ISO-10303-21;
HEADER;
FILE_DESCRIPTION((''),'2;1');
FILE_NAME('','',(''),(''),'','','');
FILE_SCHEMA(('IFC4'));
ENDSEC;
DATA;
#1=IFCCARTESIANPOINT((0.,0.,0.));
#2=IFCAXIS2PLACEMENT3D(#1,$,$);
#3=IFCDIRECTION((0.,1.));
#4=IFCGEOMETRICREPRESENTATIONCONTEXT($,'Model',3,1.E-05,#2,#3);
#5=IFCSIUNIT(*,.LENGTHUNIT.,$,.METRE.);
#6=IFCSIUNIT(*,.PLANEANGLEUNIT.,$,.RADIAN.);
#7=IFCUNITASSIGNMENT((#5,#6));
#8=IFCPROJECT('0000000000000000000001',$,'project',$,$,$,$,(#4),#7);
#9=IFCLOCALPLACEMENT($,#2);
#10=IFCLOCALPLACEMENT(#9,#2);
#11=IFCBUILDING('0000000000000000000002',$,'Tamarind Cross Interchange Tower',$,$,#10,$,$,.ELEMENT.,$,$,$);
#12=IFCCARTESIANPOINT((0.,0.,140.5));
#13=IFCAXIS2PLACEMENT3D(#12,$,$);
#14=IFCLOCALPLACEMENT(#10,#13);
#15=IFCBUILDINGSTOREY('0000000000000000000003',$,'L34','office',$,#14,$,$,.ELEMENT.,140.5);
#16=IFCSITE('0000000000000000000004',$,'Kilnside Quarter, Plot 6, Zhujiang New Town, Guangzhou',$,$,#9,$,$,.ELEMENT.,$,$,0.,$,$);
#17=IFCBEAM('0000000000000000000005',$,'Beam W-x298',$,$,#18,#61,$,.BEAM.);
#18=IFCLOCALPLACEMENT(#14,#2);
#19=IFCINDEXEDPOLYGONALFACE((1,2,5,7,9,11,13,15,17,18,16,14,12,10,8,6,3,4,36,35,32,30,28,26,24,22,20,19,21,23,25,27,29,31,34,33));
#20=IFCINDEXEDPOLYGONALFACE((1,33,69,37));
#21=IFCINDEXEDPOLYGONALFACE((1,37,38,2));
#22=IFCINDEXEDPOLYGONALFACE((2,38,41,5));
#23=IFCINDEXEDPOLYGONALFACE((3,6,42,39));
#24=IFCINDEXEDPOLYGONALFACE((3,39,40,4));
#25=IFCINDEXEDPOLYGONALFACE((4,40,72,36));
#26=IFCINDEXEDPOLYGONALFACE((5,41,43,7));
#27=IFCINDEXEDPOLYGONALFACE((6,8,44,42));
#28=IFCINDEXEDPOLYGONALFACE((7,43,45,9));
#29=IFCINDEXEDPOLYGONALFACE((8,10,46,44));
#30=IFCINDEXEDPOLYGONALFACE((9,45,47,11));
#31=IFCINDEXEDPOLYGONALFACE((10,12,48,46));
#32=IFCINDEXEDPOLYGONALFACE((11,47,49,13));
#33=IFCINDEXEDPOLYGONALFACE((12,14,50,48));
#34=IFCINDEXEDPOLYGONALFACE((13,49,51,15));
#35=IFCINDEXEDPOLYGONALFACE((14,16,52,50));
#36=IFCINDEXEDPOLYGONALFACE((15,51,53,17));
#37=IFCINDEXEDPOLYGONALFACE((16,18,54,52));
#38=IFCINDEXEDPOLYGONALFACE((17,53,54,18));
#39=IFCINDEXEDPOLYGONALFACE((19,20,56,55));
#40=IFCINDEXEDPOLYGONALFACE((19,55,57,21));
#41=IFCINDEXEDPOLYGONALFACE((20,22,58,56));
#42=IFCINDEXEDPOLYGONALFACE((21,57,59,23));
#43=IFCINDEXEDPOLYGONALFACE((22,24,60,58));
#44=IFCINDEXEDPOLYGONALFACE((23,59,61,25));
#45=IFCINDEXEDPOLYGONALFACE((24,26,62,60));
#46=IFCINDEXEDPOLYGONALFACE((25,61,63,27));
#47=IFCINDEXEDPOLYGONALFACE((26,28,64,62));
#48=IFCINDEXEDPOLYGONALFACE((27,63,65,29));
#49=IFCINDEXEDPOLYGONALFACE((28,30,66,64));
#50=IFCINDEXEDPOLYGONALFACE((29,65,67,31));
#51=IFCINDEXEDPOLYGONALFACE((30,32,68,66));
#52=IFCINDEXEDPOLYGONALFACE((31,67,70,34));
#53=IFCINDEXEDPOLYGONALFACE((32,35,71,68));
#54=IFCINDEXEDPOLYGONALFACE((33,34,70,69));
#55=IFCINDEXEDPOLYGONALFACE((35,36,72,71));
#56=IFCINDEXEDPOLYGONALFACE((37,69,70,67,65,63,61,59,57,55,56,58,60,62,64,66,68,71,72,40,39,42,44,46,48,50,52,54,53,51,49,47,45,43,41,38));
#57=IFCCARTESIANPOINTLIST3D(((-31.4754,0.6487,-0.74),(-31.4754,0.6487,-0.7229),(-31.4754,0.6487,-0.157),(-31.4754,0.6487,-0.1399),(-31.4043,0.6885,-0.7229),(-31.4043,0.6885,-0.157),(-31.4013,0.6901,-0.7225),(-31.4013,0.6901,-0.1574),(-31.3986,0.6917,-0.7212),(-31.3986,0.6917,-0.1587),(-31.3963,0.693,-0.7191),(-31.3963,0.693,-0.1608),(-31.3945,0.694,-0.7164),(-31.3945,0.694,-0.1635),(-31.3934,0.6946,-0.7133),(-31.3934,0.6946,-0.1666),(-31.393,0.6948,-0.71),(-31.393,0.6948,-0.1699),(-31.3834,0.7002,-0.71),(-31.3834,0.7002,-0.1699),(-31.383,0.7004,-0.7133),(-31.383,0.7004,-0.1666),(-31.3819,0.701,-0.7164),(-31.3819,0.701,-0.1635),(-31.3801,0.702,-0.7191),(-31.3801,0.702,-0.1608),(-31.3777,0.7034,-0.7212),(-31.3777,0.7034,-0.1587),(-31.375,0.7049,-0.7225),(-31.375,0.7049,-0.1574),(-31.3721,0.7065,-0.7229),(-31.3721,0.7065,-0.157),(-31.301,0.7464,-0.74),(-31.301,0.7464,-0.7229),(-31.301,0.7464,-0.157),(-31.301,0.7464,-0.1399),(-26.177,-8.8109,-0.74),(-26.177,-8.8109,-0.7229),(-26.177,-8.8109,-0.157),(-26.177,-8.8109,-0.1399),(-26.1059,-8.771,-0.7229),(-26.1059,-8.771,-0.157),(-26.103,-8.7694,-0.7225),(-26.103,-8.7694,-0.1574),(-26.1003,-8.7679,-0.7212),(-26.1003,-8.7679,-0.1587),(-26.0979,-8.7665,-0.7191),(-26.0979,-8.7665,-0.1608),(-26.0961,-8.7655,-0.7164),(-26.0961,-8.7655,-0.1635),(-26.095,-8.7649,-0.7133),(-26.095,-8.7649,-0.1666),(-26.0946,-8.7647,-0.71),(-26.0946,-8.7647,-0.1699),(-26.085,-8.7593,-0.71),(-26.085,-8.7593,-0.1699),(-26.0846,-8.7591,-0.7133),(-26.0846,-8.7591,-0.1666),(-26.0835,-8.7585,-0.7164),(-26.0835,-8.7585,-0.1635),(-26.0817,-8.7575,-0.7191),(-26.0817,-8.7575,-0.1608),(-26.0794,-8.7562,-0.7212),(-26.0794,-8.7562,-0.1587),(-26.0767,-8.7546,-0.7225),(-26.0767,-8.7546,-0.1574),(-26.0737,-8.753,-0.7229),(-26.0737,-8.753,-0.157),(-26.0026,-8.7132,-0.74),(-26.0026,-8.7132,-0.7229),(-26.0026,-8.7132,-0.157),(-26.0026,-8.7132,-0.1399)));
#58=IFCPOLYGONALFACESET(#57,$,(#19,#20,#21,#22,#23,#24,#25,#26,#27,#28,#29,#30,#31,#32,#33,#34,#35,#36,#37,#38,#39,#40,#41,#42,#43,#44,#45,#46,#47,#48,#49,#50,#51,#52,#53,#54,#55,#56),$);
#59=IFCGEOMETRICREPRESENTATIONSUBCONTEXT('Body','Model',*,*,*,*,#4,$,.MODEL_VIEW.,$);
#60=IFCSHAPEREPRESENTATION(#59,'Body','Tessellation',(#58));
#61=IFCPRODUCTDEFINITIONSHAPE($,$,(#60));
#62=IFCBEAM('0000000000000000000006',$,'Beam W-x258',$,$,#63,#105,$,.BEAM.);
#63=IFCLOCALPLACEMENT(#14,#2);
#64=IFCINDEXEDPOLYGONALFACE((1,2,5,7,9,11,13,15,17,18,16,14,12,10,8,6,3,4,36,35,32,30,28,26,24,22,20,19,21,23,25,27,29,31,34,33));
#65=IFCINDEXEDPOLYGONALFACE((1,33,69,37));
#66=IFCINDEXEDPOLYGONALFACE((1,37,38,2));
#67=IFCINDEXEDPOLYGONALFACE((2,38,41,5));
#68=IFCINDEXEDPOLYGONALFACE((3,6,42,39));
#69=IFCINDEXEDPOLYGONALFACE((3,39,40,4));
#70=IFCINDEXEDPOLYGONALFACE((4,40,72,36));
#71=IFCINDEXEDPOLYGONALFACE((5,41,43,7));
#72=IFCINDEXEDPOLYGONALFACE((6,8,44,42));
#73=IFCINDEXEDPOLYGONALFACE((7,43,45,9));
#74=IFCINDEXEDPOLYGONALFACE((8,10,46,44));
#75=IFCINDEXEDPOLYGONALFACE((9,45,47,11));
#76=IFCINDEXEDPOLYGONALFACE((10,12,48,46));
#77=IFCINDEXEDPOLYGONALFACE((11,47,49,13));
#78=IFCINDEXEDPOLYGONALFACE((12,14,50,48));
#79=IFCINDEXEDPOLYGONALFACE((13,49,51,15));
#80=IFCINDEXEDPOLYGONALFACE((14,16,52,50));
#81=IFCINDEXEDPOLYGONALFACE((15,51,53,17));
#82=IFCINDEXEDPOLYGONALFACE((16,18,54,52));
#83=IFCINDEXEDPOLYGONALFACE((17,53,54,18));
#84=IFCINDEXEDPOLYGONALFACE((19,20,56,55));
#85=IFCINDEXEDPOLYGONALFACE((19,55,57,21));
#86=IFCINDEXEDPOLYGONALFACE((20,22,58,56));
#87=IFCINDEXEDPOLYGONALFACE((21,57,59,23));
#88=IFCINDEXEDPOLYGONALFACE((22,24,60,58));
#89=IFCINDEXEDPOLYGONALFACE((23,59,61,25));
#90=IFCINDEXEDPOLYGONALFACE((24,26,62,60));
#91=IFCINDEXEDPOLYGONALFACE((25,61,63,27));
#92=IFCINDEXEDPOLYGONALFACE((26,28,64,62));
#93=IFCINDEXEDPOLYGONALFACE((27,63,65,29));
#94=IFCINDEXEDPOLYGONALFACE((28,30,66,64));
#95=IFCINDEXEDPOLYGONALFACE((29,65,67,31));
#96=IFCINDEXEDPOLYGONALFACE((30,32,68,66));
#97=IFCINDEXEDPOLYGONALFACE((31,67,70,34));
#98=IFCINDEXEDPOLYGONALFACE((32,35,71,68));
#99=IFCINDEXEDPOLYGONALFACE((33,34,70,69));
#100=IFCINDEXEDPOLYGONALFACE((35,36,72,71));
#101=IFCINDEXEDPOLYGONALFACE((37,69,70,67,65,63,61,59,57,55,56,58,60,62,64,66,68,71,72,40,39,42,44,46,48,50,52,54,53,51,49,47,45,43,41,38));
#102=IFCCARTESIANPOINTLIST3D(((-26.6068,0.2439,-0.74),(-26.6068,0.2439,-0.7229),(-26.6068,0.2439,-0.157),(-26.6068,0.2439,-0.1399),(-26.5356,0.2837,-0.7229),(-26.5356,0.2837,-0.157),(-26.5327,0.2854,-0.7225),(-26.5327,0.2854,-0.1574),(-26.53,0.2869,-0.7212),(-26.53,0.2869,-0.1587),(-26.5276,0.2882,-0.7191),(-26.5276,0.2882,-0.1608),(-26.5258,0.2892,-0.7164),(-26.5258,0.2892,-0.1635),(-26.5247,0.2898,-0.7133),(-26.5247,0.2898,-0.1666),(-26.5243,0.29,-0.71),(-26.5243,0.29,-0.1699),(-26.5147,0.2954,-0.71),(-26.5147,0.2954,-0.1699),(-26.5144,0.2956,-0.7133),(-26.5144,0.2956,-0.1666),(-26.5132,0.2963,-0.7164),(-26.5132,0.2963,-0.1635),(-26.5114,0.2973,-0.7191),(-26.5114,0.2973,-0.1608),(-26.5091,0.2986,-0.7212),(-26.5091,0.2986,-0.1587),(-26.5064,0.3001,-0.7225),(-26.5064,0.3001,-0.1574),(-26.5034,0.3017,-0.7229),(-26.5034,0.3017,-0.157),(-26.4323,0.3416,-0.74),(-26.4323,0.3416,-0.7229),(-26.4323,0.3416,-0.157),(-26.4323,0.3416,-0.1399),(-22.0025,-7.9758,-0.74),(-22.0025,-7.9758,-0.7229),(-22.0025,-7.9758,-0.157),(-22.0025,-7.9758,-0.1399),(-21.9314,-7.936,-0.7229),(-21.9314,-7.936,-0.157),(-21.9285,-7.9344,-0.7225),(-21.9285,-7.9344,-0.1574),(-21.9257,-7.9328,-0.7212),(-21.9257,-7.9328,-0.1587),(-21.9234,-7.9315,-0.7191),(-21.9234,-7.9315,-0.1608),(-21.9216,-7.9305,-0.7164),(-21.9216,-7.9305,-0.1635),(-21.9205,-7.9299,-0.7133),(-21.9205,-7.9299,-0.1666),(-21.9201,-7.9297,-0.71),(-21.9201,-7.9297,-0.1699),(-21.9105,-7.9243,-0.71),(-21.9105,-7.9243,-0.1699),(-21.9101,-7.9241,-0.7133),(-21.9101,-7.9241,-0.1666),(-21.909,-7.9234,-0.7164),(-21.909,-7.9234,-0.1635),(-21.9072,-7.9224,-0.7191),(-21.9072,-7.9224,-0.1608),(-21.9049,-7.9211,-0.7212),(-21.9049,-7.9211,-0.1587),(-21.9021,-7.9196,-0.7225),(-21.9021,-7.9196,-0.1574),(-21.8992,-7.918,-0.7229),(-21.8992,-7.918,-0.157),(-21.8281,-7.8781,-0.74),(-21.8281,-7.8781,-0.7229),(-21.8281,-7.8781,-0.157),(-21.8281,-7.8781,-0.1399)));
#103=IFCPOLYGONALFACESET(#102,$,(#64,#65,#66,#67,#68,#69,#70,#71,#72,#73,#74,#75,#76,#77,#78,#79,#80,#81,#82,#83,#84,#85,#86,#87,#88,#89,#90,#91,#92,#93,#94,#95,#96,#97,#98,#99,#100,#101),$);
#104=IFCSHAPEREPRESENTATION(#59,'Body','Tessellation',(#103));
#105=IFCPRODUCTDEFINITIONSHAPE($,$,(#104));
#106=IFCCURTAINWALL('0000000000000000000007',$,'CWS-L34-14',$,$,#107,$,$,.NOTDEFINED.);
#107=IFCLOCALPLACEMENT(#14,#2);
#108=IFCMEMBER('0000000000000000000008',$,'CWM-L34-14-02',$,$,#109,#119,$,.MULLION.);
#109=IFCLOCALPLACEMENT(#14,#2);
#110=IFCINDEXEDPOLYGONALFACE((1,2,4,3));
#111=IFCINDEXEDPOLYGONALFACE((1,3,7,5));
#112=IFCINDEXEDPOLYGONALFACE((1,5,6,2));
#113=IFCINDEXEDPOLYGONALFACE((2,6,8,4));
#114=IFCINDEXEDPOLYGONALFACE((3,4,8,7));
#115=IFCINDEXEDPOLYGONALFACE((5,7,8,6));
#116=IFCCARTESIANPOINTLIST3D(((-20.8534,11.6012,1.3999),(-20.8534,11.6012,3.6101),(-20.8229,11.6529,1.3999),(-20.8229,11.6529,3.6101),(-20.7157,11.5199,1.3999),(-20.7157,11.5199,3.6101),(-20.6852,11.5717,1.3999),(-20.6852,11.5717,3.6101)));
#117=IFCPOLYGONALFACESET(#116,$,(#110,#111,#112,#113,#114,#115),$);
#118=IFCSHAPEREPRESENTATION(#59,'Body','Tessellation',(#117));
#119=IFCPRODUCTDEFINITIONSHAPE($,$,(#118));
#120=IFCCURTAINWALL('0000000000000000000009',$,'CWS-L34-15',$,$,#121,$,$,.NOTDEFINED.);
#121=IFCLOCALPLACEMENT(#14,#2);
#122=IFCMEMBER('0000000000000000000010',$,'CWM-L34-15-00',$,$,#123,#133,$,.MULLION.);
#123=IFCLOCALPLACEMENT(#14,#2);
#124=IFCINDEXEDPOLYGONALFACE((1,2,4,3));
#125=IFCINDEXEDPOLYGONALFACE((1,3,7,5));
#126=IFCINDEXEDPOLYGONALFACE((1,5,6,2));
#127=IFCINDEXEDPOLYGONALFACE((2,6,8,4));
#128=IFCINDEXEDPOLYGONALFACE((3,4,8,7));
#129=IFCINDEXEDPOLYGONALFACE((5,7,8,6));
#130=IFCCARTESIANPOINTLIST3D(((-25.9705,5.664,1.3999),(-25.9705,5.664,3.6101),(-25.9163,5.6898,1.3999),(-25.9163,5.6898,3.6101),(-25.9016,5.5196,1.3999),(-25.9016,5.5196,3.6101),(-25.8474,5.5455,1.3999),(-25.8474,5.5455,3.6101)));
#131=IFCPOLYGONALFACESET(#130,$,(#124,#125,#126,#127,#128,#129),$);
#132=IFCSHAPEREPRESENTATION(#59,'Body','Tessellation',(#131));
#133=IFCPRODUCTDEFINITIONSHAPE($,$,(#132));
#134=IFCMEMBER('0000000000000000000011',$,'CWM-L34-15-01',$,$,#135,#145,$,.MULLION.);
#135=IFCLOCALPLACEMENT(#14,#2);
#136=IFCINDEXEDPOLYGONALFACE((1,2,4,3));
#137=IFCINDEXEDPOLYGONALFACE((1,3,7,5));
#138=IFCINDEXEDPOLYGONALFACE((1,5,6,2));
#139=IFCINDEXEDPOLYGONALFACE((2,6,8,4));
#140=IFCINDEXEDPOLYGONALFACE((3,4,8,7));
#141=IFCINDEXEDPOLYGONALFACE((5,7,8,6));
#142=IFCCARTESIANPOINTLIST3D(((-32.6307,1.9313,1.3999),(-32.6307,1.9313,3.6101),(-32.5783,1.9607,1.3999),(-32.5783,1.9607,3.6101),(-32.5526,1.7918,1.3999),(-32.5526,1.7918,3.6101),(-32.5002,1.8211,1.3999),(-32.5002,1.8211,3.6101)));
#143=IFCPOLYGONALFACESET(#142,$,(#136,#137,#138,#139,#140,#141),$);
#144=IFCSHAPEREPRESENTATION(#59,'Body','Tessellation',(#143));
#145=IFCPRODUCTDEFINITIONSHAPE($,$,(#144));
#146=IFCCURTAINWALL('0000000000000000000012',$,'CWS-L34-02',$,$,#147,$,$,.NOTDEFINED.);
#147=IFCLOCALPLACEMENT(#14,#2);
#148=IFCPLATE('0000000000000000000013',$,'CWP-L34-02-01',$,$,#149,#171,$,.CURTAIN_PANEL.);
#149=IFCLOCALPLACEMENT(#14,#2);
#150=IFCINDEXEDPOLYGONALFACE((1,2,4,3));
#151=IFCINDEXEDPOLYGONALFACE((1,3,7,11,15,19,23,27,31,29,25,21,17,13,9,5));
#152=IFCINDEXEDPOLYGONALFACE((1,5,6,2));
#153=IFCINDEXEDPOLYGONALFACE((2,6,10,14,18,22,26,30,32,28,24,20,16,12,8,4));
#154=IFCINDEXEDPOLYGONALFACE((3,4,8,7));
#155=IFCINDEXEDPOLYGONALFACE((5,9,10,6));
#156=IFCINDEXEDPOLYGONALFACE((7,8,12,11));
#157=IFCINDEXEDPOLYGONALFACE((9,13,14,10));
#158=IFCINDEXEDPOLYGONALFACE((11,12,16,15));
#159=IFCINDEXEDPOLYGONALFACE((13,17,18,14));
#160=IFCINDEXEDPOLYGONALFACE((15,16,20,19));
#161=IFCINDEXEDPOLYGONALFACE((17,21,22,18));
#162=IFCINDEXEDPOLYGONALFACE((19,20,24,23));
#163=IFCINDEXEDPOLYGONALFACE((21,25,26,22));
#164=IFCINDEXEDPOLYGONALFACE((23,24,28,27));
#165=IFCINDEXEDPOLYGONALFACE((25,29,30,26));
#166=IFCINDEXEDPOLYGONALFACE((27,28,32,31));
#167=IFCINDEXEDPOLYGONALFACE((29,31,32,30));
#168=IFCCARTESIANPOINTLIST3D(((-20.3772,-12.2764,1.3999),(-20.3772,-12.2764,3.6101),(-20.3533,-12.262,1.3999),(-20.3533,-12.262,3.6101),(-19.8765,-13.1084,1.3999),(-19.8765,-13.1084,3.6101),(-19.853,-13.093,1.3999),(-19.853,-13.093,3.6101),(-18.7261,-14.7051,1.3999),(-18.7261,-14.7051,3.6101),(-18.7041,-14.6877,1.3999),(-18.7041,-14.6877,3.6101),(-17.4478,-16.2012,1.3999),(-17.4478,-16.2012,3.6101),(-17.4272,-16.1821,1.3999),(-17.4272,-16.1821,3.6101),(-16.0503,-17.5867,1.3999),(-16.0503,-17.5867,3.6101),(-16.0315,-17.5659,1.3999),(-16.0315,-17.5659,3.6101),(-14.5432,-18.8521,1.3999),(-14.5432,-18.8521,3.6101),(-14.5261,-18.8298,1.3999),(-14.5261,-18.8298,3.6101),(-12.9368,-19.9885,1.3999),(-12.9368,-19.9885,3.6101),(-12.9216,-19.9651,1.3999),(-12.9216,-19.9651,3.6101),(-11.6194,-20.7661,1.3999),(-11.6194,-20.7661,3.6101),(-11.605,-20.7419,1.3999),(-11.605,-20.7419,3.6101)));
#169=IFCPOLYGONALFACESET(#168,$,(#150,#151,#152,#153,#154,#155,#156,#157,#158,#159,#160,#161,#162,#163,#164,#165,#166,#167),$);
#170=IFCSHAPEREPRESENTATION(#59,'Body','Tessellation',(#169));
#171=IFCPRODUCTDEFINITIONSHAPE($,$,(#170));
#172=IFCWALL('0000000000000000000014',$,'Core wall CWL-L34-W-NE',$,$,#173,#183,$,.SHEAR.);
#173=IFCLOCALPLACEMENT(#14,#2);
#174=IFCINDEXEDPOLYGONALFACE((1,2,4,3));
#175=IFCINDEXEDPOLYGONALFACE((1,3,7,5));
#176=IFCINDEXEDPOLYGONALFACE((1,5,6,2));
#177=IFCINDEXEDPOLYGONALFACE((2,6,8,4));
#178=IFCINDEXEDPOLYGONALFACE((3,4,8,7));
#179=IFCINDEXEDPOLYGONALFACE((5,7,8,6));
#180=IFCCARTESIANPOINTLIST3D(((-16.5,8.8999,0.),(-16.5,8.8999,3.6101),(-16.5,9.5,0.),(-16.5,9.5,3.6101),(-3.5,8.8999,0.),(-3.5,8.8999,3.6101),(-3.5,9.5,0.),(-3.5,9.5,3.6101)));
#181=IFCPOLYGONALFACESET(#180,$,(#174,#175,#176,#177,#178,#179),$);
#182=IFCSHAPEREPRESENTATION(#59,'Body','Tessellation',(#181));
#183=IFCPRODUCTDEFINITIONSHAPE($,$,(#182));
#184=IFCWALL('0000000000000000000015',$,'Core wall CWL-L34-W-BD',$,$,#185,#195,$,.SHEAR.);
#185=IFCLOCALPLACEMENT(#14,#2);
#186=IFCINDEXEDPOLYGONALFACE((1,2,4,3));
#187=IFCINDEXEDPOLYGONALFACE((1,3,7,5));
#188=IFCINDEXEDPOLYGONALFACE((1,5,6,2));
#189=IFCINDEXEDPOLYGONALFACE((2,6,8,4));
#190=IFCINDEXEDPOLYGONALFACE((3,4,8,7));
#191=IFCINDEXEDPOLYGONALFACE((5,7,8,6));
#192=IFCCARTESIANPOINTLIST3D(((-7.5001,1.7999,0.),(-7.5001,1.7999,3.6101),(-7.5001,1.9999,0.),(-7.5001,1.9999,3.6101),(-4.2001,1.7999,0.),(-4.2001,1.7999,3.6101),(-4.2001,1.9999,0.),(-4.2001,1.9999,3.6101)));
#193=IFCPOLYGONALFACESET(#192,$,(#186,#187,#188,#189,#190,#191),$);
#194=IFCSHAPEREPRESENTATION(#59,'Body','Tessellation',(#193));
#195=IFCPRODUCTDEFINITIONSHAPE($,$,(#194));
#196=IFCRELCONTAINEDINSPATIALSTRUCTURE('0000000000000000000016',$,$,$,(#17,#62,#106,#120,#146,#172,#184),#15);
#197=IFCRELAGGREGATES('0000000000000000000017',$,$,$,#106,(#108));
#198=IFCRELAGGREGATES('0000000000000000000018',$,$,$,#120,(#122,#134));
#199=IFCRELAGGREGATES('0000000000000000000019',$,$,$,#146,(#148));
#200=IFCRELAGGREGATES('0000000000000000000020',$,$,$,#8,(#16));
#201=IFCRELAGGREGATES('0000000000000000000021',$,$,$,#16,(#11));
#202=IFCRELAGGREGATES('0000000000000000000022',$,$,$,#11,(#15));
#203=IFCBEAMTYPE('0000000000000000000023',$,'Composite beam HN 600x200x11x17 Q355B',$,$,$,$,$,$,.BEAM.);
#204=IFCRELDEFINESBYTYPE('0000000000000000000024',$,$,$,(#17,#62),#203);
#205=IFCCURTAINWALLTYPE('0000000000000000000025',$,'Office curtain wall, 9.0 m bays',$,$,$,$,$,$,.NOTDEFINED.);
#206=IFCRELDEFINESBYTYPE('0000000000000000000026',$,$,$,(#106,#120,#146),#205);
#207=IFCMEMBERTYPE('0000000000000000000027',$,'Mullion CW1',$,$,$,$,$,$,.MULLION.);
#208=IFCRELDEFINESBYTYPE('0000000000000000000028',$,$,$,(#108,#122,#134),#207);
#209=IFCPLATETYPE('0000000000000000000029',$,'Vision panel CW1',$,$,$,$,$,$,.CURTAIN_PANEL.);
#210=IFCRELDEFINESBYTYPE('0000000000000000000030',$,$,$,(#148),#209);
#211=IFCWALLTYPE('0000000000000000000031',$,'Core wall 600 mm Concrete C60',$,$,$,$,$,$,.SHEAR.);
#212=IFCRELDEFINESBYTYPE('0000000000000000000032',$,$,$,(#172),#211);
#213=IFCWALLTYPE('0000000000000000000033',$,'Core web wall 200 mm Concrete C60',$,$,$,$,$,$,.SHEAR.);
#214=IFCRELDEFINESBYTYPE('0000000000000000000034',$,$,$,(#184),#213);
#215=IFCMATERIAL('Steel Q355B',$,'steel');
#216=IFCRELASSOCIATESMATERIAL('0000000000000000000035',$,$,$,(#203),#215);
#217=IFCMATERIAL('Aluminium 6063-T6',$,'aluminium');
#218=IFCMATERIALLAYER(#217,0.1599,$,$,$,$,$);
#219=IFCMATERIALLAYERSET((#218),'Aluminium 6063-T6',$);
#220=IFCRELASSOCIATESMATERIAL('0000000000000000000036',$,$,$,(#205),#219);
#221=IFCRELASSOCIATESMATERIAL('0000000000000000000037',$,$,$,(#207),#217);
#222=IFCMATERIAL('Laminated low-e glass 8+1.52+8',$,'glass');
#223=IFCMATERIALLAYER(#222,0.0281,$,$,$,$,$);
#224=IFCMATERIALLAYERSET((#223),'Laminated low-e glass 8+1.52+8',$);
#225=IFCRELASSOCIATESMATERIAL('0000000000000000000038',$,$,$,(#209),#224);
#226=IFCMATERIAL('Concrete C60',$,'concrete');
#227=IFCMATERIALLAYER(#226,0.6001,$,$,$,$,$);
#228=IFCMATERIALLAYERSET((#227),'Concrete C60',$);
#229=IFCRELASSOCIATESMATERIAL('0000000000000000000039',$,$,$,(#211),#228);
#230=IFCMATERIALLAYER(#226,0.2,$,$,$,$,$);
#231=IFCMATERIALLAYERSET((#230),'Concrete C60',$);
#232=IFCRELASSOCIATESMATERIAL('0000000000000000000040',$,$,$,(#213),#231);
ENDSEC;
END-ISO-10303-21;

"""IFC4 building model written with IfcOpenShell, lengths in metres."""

from ifc_helpers import new_model, si_unit, direction, frame, frame_2d, origin, origin_2d, place, context, subcontext, project, spatial, polyline, rectangle, i_section, outline, extrude, material, layer, layer_set, material_profile, profile_set, type_object, element, aggregate, save


model = new_model("IFC4")

# Units and contexts
model_context = context("Model", 3, precision=1e-05, world=origin(), true_north=direction((0.0, 1.0)))
body_context = subcontext(model_context, "Body", "Model", "MODEL_VIEW")
ifc_project = project(units=[si_unit("LENGTHUNIT", "METRE"), si_unit("PLANEANGLEUNIT", "RADIAN")], contexts=[model_context])

# Site, building, storey
site_placement = place(None, origin())
site = spatial("IfcSite", under=ifc_project, at=site_placement, Name="Kilnside Quarter, Plot 6, Zhujiang New Town, Guangzhou", CompositionType="ELEMENT", RefElevation=0.0)
building_placement = place(site_placement, origin())
building = spatial("IfcBuilding", under=site, at=building_placement, Name="Tamarind Cross Interchange Tower", CompositionType="ELEMENT")
storey_placement = place(building_placement, frame((0.0, 0.0, 140.5)))
storey = spatial("IfcBuildingStorey", under=building, at=storey_placement, Name="L34", Description="office", CompositionType="ELEMENT", Elevation=140.5)

# Shared definitions
ifc_material_1 = material(Name="Concrete C60", Category="concrete")

# Beams
ifc_material_2 = material(Name="Steel Q355B", Category="steel")
ifc_material_profile_1 = material_profile(ifc_material_2, i_section(OverallWidth=0.2, OverallDepth=0.6001, WebThickness=0.011, FlangeThickness=0.0171, FilletRadius=0.0129, at=origin_2d()), Name="HN 600x200x11x17")
ifc_profile_set_1 = profile_set([ifc_material_profile_1], Name="Steel Q355B")
beam_type_1 = type_object("IfcBeamType", Name="Composite beam HN 600x200x11x17 Q355B", PredefinedType="BEAM", material=ifc_profile_set_1)
beam_1_placement = place(storey_placement, frame((-31.3882, 0.6975, -0.4399), z_axis=(0.488676, -0.872465, 0.0), x_axis=(0.872465, 0.488676, 0.0)))
element("IfcBeam", 1, at=beam_1_placement, inside=storey, type_object=beam_type_1, Name="Beam W-x298", PredefinedType="BEAM", context=body_context, shape_type="SweptSolid", body=[
    extrude(i_section(OverallWidth=0.2, OverallDepth=0.6001, WebThickness=0.011, FlangeThickness=0.0171, FilletRadius=0.0129, at=origin_2d()), origin(), (0.0, 0.0, 1.0), 10.8423),
])
beam_2_placement = place(storey_placement, frame((-26.5195, 0.2927, -0.4399), z_axis=(0.4887, -0.872452, 0.0), x_axis=(0.872452, 0.4887, 0.0)))
element("IfcBeam", 2, at=beam_2_placement, inside=storey, type_object=beam_type_1, Name="Beam W-x258", PredefinedType="BEAM", context=body_context, shape_type="SweptSolid", body=[
    extrude(i_section(OverallWidth=0.2, OverallDepth=0.6001, WebThickness=0.011, FlangeThickness=0.0171, FilletRadius=0.0129, at=origin_2d()), origin(), (0.0, 0.0, 1.0), 9.4214),
])

# Curtain wall, member
ifc_material_3 = material(Name="Aluminium 6063-T6", Category="aluminium")
ifc_layer_1 = layer(ifc_material_3, 0.1599)
ifc_layer_set_1 = layer_set([ifc_layer_1], Name="Aluminium 6063-T6")
curtain_wall_type = type_object("IfcCurtainWallType", Name="Office curtain wall, 9.0 m bays", PredefinedType="NOTDEFINED", material=ifc_layer_set_1)
curtain_wall_1_placement = place(storey_placement, origin())
curtain_wall_1 = element("IfcCurtainWall", 3, at=curtain_wall_1_placement, inside=storey, type_object=curtain_wall_type, Name="CWS-L34-14", PredefinedType="NOTDEFINED")
ifc_material_profile_2 = material_profile(ifc_material_3, rectangle(XDim=0.0601, YDim=0.1599, at=origin_2d()), Name="Mullion CW1")
ifc_profile_set_2 = profile_set([ifc_material_profile_2], Name="Aluminium 6063-T6")
member_type = type_object("IfcMemberType", Name="Mullion CW1", PredefinedType="MULLION", material=ifc_profile_set_2)
member_1_placement = place(storey_placement, frame((-20.7693, 11.5864, 1.3999), z_axis=(0.0, 0.0, 1.0), x_axis=(-0.508183, -0.861249, 0.0)))
member_1 = element("IfcMember", 4, at=member_1_placement, type_object=member_type, Name="CWM-L34-14-02", PredefinedType="MULLION", context=body_context, shape_type="SweptSolid", body=[
    extrude(rectangle(XDim=0.0601, YDim=0.1599, at=origin_2d()), origin(), (0.0, 0.0, 1.0), 2.2102),
])
aggregate(curtain_wall_1, [member_1])

# Curtain wall, members
curtain_wall_2_placement = place(storey_placement, origin())
curtain_wall_2 = element("IfcCurtainWall", 5, at=curtain_wall_2_placement, inside=storey, type_object=curtain_wall_type, Name="CWS-L34-15", PredefinedType="NOTDEFINED")
member_2_placement = place(storey_placement, frame((-25.9089, 5.6047, 1.3999), z_axis=(0.0, 0.0, 1.0), x_axis=(-0.902552, -0.43058, 0.0)))
member_2 = element("IfcMember", 6, at=member_2_placement, type_object=member_type, Name="CWM-L34-15-00", PredefinedType="MULLION", context=body_context, shape_type="SweptSolid", body=[
    extrude(rectangle(XDim=0.0601, YDim=0.1599, at=origin_2d()), origin(), (0.0, 0.0, 1.0), 2.2102),
])
member_3_placement = place(storey_placement, frame((-32.5654, 1.8762, 1.3999), z_axis=(0.0, 0.0, 1.0), x_axis=(-0.872458, -0.488688, 0.0)))
member_3 = element("IfcMember", 7, at=member_3_placement, type_object=member_type, Name="CWM-L34-15-01", PredefinedType="MULLION", context=body_context, shape_type="SweptSolid", body=[
    extrude(rectangle(XDim=0.0601, YDim=0.1599, at=origin_2d()), origin(), (0.0, 0.0, 1.0), 2.2102),
])
aggregate(curtain_wall_2, [member_2, member_3])

# Curtain wall, plate
curtain_wall_3_placement = place(storey_placement, origin())
curtain_wall_3 = element("IfcCurtainWall", 8, at=curtain_wall_3_placement, inside=storey, type_object=curtain_wall_type, Name="CWS-L34-02", PredefinedType="NOTDEFINED")
ifc_material_4 = material(Name="Laminated low-e glass 8+1.52+8", Category="glass")
ifc_layer_2 = layer(ifc_material_4, 0.0281)
ifc_layer_set_2 = layer_set([ifc_layer_2], Name="Laminated low-e glass 8+1.52+8")
plate_type = type_object("IfcPlateType", Name="Vision panel CW1", PredefinedType="CURTAIN_PANEL", material=ifc_layer_set_2)
plate_placement = place(storey_placement, frame((0.0, 0.0, 1.3999)))
plate = element("IfcPlate", 9, at=plate_placement, type_object=plate_type, Name="CWP-L34-02-01", PredefinedType="CURTAIN_PANEL", context=body_context, shape_type="SweptSolid", body=[
    extrude(outline(polyline([(-20.3533, -12.262), (-19.853, -13.093), (-18.7041, -14.6877), (-17.4272, -16.1821), (-16.0315, -17.5659), (-14.5261, -18.8298), (-12.9216, -19.9651), (-11.605, -20.7419), (-11.6194, -20.7661), (-12.9368, -19.9885), (-14.5432, -18.8521), (-16.0503, -17.5867), (-17.4478, -16.2012), (-18.7261, -14.7051), (-19.8765, -13.1084), (-20.3772, -12.2764), (-20.3533, -12.262)])), origin(), (0.0, 0.0, 1.0), 2.2102),
])
aggregate(curtain_wall_3, [plate])

# Walls
ifc_layer_3 = layer(ifc_material_1, 0.6001)
ifc_layer_set_3 = layer_set([ifc_layer_3], Name="Concrete C60")
wall_type_1 = type_object("IfcWallType", Name="Core wall 600 mm Concrete C60", PredefinedType="SHEAR", material=ifc_layer_set_3)
wall_1_placement = place(storey_placement, frame((-16.5, 9.2, 0.0), z_axis=(0.0, 0.0, 1.0), x_axis=(1.0, 0.0, 0.0)))
element("IfcWall", 10, at=wall_1_placement, inside=storey, type_object=wall_type_1, Name="Core wall CWL-L34-W-NE", PredefinedType="SHEAR", context=body_context, shape_type="SweptSolid", body=[
    extrude(rectangle(XDim=13.0, YDim=0.6001, at=frame_2d((6.5, 0.0))), origin(), (0.0, 0.0, 1.0), 3.6101),
])
ifc_layer_4 = layer(ifc_material_1, 0.2)
ifc_layer_set_4 = layer_set([ifc_layer_4], Name="Concrete C60")
wall_type_2 = type_object("IfcWallType", Name="Core web wall 200 mm Concrete C60", PredefinedType="SHEAR", material=ifc_layer_set_4)
wall_2_placement = place(storey_placement, frame((-7.5, 1.8999, 0.0), z_axis=(0.0, 0.0, 1.0), x_axis=(1.0, 0.0, 0.0)))
element("IfcWall", 11, at=wall_2_placement, inside=storey, type_object=wall_type_2, Name="Core wall CWL-L34-W-BD", PredefinedType="SHEAR", context=body_context, shape_type="SweptSolid", body=[
    extrude(rectangle(XDim=3.3, YDim=0.2, at=frame_2d((1.6499, 0.0))), origin(), (0.0, 0.0, 1.0), 3.6101),
])

save(model, "model.ifc")
